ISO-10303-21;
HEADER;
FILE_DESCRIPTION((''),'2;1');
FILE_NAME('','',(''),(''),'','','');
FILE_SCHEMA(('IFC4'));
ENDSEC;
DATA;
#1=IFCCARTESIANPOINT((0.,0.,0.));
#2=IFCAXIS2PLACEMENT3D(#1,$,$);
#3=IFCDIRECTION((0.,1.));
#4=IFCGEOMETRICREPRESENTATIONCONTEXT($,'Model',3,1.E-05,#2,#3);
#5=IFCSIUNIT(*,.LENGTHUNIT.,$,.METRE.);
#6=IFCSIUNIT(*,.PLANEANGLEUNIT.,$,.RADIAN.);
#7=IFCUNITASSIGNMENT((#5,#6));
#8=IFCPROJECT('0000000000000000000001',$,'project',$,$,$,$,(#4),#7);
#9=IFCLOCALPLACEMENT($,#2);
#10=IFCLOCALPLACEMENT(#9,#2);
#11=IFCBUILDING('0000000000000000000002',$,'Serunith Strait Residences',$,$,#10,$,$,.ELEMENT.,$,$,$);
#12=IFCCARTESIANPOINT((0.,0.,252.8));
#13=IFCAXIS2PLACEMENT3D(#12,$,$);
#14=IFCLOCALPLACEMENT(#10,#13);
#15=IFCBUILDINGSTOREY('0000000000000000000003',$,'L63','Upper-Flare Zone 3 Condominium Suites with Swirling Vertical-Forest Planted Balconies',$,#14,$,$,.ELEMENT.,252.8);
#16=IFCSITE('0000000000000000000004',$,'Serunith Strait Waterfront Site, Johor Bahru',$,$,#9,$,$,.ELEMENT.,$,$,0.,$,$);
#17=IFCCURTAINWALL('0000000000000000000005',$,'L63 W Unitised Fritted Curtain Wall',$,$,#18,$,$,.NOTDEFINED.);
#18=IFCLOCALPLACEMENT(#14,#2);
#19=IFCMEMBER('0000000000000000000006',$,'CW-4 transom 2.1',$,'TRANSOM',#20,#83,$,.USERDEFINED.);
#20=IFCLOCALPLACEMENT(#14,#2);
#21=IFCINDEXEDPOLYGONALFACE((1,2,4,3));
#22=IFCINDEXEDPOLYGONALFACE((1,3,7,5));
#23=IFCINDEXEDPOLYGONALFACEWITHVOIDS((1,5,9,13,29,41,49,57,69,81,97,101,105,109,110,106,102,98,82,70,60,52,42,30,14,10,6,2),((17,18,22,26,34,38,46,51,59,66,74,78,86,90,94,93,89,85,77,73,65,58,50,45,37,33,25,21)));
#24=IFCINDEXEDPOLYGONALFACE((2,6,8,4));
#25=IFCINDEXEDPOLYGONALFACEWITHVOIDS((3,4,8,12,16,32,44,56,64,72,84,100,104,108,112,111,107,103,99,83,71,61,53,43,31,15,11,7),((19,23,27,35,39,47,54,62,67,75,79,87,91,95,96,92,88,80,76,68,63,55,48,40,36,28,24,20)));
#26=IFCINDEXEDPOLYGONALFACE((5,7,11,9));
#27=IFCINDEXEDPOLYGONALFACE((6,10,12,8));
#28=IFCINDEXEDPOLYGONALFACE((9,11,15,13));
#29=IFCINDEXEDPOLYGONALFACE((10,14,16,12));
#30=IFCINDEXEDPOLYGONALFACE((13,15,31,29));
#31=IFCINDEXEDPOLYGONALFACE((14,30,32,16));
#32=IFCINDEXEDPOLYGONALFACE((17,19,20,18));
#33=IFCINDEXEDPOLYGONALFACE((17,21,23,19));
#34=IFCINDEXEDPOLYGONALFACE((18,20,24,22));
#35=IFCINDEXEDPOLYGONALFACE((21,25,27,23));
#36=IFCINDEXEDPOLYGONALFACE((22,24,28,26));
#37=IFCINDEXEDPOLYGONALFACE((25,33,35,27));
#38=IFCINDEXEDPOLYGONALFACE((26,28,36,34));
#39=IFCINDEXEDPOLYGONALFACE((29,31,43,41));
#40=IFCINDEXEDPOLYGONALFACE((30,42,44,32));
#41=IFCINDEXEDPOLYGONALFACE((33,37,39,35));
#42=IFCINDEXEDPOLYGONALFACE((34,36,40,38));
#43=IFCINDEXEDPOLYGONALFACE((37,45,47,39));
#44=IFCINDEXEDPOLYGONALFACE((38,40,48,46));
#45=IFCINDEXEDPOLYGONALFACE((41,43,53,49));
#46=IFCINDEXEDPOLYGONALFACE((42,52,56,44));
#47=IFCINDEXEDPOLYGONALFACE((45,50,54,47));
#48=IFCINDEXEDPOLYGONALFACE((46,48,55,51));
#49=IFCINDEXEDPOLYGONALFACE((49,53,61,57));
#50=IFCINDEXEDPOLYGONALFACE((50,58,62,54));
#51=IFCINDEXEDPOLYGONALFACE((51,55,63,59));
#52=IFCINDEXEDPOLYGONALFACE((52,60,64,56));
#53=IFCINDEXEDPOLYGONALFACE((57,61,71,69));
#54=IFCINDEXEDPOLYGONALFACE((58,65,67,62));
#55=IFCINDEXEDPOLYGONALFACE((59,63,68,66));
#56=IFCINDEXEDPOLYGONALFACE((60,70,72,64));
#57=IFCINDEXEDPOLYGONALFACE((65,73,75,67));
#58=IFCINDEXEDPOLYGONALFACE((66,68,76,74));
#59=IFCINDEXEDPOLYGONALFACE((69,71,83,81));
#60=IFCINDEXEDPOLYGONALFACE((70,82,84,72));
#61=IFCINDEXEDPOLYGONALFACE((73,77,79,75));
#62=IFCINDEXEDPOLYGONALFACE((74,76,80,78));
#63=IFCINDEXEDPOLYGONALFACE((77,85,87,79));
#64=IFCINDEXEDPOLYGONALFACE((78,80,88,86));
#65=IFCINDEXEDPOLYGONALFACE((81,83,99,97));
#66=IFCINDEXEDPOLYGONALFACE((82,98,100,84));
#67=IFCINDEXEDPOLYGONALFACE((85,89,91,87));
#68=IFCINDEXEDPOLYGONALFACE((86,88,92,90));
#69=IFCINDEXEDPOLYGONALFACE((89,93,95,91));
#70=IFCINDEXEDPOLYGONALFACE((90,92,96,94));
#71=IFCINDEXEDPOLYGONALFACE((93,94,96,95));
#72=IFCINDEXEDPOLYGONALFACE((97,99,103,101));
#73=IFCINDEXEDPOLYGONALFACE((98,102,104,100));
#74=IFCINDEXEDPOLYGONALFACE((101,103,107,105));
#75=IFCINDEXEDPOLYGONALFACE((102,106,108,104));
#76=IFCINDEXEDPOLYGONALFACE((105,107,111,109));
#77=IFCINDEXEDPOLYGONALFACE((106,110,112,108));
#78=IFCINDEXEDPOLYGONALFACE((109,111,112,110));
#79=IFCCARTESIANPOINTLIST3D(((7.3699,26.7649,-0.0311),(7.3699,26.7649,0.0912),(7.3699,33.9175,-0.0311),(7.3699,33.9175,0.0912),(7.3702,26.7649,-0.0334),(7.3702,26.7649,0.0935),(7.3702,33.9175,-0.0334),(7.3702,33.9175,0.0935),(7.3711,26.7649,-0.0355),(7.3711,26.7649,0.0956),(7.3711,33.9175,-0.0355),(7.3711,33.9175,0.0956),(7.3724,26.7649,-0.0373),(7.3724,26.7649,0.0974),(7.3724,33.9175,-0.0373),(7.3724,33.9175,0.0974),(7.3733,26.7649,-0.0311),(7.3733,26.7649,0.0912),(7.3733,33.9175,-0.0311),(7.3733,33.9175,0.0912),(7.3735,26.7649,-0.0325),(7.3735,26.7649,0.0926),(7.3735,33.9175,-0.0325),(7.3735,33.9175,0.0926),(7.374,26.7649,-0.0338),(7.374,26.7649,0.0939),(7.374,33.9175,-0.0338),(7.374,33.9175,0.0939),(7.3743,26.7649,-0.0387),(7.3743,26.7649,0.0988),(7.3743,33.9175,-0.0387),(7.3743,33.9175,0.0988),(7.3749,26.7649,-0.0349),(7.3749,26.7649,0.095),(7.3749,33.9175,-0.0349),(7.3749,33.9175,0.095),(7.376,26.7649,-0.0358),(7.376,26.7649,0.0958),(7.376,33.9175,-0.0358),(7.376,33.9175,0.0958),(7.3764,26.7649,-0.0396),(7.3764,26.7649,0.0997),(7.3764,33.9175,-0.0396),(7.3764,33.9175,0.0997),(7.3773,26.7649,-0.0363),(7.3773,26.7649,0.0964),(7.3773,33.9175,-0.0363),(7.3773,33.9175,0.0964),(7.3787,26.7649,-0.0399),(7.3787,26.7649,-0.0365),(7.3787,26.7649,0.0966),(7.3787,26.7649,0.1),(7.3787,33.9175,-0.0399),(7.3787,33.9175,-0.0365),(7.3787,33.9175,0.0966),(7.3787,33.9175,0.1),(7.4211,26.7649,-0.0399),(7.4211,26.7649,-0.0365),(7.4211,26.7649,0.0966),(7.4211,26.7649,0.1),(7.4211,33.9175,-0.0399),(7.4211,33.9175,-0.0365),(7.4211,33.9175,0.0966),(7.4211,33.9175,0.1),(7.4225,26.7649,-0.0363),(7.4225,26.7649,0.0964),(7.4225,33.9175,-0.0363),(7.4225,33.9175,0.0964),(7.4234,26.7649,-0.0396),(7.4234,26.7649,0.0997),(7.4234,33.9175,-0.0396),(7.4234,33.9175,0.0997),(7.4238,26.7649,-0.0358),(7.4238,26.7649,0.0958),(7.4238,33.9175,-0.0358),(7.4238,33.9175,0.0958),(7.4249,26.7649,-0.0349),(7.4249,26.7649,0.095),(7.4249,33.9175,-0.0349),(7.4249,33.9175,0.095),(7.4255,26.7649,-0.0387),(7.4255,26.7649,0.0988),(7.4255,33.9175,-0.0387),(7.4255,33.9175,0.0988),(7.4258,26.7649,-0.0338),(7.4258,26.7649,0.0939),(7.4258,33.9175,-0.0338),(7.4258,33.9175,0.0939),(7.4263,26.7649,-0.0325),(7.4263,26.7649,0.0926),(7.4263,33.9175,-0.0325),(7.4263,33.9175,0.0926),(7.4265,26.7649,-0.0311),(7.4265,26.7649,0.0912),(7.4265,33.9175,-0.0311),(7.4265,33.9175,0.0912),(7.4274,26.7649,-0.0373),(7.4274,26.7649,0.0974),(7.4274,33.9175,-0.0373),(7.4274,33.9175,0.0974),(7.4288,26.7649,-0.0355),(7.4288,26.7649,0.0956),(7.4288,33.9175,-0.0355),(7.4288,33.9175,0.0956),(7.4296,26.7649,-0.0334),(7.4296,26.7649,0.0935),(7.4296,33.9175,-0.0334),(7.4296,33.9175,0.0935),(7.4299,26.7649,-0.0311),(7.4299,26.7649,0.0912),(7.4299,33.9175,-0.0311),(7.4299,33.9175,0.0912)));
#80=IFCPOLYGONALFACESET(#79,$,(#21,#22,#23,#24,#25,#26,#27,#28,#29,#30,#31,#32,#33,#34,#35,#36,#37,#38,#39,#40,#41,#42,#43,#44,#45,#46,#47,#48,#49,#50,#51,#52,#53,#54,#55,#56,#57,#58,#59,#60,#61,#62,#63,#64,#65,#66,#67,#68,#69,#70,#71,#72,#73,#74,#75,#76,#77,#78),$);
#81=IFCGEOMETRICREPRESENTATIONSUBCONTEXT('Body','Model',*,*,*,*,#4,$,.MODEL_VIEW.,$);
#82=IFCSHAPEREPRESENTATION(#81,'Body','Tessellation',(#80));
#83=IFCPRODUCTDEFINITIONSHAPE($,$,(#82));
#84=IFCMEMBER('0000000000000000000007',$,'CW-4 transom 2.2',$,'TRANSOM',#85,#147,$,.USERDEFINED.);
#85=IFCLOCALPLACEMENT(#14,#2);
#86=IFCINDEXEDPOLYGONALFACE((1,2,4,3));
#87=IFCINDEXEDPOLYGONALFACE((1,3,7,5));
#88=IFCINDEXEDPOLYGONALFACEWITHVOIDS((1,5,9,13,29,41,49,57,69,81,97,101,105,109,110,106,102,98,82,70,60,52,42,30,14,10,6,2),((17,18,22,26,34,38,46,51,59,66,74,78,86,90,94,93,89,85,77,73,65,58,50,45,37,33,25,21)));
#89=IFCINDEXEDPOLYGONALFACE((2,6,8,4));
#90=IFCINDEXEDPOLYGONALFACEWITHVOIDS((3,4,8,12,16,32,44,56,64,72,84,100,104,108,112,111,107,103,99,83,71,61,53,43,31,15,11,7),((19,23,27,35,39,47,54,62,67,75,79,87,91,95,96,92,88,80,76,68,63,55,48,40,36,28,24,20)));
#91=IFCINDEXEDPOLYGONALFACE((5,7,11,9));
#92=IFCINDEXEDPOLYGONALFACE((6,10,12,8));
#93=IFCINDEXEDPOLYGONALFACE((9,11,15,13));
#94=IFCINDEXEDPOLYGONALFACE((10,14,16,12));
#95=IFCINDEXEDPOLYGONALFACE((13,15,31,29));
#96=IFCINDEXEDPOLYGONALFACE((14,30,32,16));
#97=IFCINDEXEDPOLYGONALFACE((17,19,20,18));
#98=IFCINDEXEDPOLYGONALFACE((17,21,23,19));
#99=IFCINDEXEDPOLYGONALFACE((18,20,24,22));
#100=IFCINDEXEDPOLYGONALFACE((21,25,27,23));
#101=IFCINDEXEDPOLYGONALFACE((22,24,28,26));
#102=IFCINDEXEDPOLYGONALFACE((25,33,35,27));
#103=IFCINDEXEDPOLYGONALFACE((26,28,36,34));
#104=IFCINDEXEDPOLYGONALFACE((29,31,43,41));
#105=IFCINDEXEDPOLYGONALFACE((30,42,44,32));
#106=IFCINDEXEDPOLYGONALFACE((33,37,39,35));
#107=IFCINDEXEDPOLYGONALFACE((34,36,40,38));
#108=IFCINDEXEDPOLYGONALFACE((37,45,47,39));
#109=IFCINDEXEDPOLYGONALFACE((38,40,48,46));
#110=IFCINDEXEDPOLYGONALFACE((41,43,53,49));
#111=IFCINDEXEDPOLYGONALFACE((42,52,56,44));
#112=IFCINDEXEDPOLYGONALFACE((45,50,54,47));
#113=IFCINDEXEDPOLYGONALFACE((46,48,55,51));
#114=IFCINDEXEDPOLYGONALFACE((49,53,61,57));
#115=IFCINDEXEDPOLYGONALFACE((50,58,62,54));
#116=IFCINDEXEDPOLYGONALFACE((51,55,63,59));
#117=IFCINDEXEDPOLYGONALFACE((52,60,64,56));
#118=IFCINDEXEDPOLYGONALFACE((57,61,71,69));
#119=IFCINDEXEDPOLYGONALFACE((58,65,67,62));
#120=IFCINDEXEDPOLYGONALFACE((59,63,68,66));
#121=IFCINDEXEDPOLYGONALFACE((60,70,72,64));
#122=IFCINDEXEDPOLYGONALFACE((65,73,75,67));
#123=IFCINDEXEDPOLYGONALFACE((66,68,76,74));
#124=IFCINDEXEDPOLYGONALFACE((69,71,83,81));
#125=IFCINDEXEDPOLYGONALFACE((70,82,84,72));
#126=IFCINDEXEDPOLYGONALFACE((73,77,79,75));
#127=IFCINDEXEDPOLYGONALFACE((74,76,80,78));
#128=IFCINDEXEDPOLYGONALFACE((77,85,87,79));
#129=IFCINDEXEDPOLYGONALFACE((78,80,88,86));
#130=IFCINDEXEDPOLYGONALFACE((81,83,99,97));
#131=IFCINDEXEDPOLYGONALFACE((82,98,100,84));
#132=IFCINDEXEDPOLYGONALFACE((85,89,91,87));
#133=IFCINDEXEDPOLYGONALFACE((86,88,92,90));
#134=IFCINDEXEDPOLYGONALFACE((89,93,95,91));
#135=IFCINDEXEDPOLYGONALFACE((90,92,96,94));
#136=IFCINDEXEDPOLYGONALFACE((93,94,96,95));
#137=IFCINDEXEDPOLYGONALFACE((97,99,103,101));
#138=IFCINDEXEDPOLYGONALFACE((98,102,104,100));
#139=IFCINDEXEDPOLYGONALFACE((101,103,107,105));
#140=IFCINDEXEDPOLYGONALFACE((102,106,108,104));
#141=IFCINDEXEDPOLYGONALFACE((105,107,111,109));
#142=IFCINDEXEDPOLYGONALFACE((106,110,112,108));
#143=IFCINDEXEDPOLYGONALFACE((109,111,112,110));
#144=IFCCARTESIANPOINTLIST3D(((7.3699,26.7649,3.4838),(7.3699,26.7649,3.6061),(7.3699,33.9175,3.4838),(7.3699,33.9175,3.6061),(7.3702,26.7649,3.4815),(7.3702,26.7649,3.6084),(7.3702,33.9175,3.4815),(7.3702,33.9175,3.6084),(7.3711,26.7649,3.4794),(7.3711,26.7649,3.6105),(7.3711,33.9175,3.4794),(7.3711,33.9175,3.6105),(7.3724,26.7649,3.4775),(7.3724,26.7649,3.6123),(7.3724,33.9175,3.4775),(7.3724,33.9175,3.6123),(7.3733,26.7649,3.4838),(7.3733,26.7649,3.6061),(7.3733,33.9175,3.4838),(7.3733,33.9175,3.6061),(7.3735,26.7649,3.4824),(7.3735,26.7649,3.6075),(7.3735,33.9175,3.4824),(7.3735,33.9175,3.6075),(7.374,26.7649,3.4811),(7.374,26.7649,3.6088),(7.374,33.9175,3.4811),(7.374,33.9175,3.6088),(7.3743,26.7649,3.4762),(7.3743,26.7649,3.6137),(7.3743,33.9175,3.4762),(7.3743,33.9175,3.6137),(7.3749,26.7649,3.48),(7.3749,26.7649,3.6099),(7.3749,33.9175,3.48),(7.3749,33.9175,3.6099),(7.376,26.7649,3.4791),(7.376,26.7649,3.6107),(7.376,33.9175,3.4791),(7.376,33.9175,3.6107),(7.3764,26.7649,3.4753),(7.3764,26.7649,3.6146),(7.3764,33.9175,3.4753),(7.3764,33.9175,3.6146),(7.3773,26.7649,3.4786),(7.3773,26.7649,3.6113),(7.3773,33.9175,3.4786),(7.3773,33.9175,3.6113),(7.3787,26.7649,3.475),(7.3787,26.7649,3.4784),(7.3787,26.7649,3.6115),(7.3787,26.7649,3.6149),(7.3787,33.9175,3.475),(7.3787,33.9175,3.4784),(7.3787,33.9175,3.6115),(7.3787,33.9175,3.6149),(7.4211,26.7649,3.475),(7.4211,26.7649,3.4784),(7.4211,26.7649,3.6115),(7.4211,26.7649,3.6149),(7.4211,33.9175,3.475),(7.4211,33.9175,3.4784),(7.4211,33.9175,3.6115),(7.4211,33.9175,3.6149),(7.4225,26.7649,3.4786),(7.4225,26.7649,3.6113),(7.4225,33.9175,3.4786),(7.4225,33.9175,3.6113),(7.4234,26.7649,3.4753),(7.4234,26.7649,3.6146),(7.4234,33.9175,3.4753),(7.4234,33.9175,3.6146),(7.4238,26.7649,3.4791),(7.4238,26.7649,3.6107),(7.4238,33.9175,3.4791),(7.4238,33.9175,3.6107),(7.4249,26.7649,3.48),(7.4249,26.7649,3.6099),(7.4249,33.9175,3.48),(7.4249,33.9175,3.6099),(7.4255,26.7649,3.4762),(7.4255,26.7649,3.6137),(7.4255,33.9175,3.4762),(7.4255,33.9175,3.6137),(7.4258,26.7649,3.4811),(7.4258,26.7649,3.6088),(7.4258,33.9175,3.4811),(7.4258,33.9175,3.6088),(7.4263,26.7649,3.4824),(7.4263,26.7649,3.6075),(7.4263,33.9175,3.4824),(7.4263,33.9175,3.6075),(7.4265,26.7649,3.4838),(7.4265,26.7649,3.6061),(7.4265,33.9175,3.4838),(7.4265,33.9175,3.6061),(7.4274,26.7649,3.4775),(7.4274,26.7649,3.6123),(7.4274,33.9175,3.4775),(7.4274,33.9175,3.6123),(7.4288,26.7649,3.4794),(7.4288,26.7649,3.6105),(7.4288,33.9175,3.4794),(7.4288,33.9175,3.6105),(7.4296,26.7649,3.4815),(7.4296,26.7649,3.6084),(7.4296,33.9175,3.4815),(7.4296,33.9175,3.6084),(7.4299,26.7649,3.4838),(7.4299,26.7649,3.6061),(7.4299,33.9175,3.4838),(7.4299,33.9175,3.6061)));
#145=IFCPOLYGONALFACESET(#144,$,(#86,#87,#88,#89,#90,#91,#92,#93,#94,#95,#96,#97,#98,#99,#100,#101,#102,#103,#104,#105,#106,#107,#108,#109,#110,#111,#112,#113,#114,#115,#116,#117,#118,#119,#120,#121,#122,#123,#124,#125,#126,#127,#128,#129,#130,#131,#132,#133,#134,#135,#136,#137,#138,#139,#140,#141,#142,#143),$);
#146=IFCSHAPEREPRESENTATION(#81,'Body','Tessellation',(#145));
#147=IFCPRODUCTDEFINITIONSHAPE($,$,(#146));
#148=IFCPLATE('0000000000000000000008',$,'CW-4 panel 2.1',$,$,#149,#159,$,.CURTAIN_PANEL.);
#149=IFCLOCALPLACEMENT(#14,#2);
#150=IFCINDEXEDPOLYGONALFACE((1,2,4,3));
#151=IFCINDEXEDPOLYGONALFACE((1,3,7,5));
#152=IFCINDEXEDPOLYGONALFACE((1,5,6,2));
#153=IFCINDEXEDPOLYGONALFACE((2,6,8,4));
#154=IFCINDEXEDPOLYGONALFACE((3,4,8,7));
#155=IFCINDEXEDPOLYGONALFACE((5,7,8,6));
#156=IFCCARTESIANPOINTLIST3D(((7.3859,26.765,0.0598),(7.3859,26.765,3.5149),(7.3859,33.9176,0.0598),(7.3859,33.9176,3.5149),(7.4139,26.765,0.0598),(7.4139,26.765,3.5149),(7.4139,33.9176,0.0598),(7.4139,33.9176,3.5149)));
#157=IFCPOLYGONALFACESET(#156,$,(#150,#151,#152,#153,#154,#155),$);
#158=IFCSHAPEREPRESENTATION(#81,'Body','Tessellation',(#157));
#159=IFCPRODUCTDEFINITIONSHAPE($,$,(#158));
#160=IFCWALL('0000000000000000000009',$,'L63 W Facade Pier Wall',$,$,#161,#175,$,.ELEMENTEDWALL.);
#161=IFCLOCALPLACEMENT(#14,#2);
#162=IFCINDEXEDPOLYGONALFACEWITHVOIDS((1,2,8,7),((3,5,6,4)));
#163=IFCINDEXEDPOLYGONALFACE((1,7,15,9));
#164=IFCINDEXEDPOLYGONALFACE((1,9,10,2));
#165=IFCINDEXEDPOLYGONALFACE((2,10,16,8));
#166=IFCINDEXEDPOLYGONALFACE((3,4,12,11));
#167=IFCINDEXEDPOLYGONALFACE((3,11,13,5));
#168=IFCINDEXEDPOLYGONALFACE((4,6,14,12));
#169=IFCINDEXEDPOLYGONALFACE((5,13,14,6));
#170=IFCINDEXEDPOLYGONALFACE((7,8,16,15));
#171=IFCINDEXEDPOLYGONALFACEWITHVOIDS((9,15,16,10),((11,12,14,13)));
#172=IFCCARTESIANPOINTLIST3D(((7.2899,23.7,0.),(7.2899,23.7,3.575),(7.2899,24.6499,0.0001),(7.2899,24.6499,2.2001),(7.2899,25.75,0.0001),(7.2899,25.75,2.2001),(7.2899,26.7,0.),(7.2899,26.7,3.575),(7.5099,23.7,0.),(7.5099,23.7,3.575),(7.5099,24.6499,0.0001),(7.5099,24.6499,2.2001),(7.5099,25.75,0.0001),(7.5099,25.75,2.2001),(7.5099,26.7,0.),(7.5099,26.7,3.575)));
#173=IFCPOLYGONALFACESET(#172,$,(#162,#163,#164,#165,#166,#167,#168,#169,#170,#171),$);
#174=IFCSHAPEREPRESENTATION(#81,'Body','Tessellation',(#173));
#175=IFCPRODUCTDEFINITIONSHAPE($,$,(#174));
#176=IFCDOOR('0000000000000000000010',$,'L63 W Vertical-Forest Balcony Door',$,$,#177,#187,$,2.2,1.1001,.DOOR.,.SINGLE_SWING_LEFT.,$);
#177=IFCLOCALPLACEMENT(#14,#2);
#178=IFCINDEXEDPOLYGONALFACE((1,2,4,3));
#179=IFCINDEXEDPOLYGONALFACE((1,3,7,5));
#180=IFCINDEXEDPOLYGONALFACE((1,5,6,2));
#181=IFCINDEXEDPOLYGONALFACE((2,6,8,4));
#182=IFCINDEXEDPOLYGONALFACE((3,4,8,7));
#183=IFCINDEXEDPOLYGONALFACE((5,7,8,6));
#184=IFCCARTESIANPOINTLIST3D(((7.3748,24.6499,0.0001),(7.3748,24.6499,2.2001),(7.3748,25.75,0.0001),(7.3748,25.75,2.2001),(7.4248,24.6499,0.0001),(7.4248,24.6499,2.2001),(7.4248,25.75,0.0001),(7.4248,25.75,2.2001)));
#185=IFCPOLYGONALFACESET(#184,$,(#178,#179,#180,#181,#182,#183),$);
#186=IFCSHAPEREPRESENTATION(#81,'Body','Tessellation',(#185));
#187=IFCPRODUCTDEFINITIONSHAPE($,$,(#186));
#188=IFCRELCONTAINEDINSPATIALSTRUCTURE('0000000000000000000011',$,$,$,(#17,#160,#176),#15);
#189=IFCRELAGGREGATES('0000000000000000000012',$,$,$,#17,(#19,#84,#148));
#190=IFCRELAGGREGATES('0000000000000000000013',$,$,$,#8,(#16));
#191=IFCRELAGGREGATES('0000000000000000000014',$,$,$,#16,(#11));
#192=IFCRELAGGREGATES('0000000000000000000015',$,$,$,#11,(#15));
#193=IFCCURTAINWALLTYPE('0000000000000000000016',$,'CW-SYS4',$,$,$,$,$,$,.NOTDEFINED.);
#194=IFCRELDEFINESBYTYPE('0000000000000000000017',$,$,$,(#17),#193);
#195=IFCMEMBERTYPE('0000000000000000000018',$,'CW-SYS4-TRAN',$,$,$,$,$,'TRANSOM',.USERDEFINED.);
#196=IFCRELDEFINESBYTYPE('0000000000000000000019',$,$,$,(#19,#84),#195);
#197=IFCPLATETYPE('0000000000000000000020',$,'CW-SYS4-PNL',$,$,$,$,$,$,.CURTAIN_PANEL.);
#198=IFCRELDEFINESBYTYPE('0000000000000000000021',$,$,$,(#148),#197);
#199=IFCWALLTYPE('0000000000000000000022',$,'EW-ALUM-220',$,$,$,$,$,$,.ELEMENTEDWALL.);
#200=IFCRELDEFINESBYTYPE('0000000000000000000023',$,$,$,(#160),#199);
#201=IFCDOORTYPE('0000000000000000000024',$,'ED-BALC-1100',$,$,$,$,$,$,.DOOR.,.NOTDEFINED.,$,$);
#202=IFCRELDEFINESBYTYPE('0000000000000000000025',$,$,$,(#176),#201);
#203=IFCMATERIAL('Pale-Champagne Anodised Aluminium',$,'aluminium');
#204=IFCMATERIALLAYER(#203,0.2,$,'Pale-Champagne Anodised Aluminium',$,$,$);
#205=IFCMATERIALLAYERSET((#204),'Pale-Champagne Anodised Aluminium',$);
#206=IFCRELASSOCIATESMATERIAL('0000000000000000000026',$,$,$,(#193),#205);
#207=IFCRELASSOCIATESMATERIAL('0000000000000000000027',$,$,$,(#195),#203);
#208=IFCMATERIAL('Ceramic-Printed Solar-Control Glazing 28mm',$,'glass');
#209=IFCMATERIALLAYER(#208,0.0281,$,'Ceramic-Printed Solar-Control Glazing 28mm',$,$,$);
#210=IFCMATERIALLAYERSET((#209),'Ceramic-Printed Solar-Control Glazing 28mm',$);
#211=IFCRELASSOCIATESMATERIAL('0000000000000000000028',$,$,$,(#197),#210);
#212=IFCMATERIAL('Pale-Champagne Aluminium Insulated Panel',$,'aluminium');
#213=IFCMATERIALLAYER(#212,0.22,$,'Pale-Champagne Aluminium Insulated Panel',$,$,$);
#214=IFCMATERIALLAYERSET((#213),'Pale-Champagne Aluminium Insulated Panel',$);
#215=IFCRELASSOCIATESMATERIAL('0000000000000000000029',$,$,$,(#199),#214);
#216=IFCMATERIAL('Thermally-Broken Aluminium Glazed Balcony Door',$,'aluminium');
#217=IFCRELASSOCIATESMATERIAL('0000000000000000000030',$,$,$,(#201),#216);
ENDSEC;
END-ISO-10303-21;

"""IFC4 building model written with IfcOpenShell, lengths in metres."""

from ifc_helpers import new_model, si_unit, direction, frame, frame_2d, origin, origin_2d, place, context, subcontext, project, spatial, rectangle, hollow_rectangle, extrude, source, transform, mapped, material, layer, layer_set, material_profile, profile_set, type_object, element, fill, aggregate, save


model = new_model("IFC4")

# Units and contexts
model_context = context("Model", 3, precision=1e-05, world=origin(), true_north=direction((0.0, 1.0)))
body_context = subcontext(model_context, "Body", "Model", "MODEL_VIEW")
ifc_project = project(units=[si_unit("LENGTHUNIT", "METRE"), si_unit("PLANEANGLEUNIT", "RADIAN")], contexts=[model_context])

# Site, building, storey
site_placement = place(None, origin())
site = spatial("IfcSite", under=ifc_project, at=site_placement, Name="Serunith Strait Waterfront Site, Johor Bahru", CompositionType="ELEMENT", RefElevation=0.0)
building_placement = place(site_placement, origin())
building = spatial("IfcBuilding", under=site, at=building_placement, Name="Serunith Strait Residences", CompositionType="ELEMENT")
storey_placement = place(building_placement, frame((0.0, 0.0, 252.8)))
storey = spatial("IfcBuildingStorey", under=building, at=storey_placement, Name="L63", Description="Upper-Flare Zone 3 Condominium Suites with Swirling Vertical-Forest Planted Balconies", CompositionType="ELEMENT", Elevation=252.8)

# Curtain wall
ifc_material_1 = material(Name="Pale-Champagne Anodised Aluminium", Category="aluminium")
ifc_layer_1 = layer(ifc_material_1, 0.2, Name="Pale-Champagne Anodised Aluminium")
ifc_layer_set_1 = layer_set([ifc_layer_1], Name="Pale-Champagne Anodised Aluminium")
curtain_wall_type = type_object("IfcCurtainWallType", Name="CW-SYS4", PredefinedType="NOTDEFINED", material=ifc_layer_set_1)
curtain_wall_1_placement = place(storey_placement, origin())
curtain_wall_1 = element("IfcCurtainWall", 1, at=curtain_wall_1_placement, inside=storey, type_object=curtain_wall_type, Name="L63 W Unitised Fritted Curtain Wall", PredefinedType="NOTDEFINED")

# Members
ifc_material_profile_1 = material_profile(ifc_material_1, hollow_rectangle(XDim=0.0601, YDim=0.1399, WallThickness=0.0034, InnerFilletRadius=0.0054, OuterFilletRadius=0.0088, at=origin_2d()), Name="ALU 140x60x3.5")
ifc_profile_set_1 = profile_set([ifc_material_profile_1], Name="Pale-Champagne Anodised Aluminium")
member_type_1 = type_object("IfcMemberType", Name="CW-SYS4-TRAN", ElementType="TRANSOM", PredefinedType="USERDEFINED", material=ifc_profile_set_1)
shared_shape_1 = source(origin(), body_context, "Body", "SweptSolid", [
    extrude(hollow_rectangle(XDim=0.0601, YDim=0.1399, WallThickness=0.0034, InnerFilletRadius=0.0054, OuterFilletRadius=0.0088, at=origin_2d()), origin(), (0.0, 0.0, 1.0), 7.1526),
])
member_1_placement = place(storey_placement, frame((7.3999, 33.9175, 0.03), z_axis=(0.0, -1.0, 0.0), x_axis=(1.0, 0.0, 0.0)))
member_1 = element("IfcMember", 2, at=member_1_placement, type_object=member_type_1, Name="CW-4 transom 2.1", ObjectType="TRANSOM", PredefinedType="USERDEFINED", context=body_context, shape_type="MappedRepresentation", body=[
    mapped(shared_shape_1, transform((0.0, 0.0, 0.0), scale=1.0)),
])
member_2_placement = place(storey_placement, frame((7.3999, 33.9175, 3.5449), z_axis=(0.0, -1.0, 0.0), x_axis=(1.0, 0.0, 0.0)))
member_2 = element("IfcMember", 3, at=member_2_placement, type_object=member_type_1, Name="CW-4 transom 2.2", ObjectType="TRANSOM", PredefinedType="USERDEFINED", context=body_context, shape_type="MappedRepresentation", body=[
    mapped(shared_shape_1, transform((0.0, 0.0, 0.0), scale=1.0)),
])

# Plate
ifc_material_2 = material(Name="Ceramic-Printed Solar-Control Glazing 28mm", Category="glass")
ifc_layer_2 = layer(ifc_material_2, 0.0281, Name="Ceramic-Printed Solar-Control Glazing 28mm")
ifc_layer_set_2 = layer_set([ifc_layer_2], Name="Ceramic-Printed Solar-Control Glazing 28mm")
plate_type = type_object("IfcPlateType", Name="CW-SYS4-PNL", PredefinedType="CURTAIN_PANEL", material=ifc_layer_set_2)
shared_shape_2 = source(origin(), body_context, "Body", "SweptSolid", [
    extrude(rectangle(XDim=7.1526, YDim=0.0281, at=origin_2d()), origin(), (0.0, 0.0, 1.0), 3.4551),
])
plate_placement = place(storey_placement, frame((7.3999, 30.3413, 0.0598), z_axis=(0.0, 0.0, 1.0), x_axis=(0.0, -1.0, 0.0)))
plate = element("IfcPlate", 4, at=plate_placement, type_object=plate_type, Name="CW-4 panel 2.1", PredefinedType="CURTAIN_PANEL", context=body_context, shape_type="MappedRepresentation", body=[
    mapped(shared_shape_2, transform((0.0, 0.0, 0.0), scale=1.0)),
])
aggregate(curtain_wall_1, [member_1, member_2, plate])

# Wall, opening, door
ifc_material_3 = material(Name="Pale-Champagne Aluminium Insulated Panel", Category="aluminium")
ifc_layer_3 = layer(ifc_material_3, 0.22, Name="Pale-Champagne Aluminium Insulated Panel")
ifc_layer_set_3 = layer_set([ifc_layer_3], Name="Pale-Champagne Aluminium Insulated Panel")
wall_type_1 = type_object("IfcWallType", Name="EW-ALUM-220", PredefinedType="ELEMENTEDWALL", material=ifc_layer_set_3)
wall_1_placement = place(storey_placement, frame((7.3999, 26.7, 0.0), z_axis=(0.0, 0.0, 1.0), x_axis=(0.0, -1.0, 0.0)))
wall_1 = element("IfcWall", 5, at=wall_1_placement, inside=storey, type_object=wall_type_1, Name="L63 W Facade Pier Wall", PredefinedType="ELEMENTEDWALL", context=body_context, shape_type="SweptSolid", body=[
    extrude(rectangle(XDim=3.0, YDim=0.22, at=frame_2d((1.5, 0.0))), origin(), (0.0, 0.0, 1.0), 3.575),
])
opening_1_placement = place(wall_1_placement, frame((0.95, 0.0, 0.0)))
opening_1 = element("IfcOpeningElement", 6, at=opening_1_placement, cuts=wall_1, PredefinedType="OPENING", context=body_context, shape_type="SweptSolid", body=[
    extrude(rectangle(XDim=1.1001, YDim=2.2, at=frame_2d((0.55, 1.1001))), frame((0.0, 0.1201, 0.0), z_axis=(0.0, -1.0, 0.0), x_axis=(1.0, 0.0, 0.0)), (0.0, 0.0, 1.0), 0.24),
])
ifc_material_4 = material(Name="Thermally-Broken Aluminium Glazed Balcony Door", Category="aluminium")
door_type_1 = type_object("IfcDoorType", Name="ED-BALC-1100", OperationType="NOTDEFINED", PredefinedType="DOOR", material=ifc_material_4)
shared_shape_3 = source(origin(), body_context, "Body", "SweptSolid", [
    extrude(rectangle(XDim=1.1001, YDim=2.2, at=frame_2d((0.55, 1.1001))), frame((0.0, 0.0249, 0.0), z_axis=(0.0, -1.0, 0.0), x_axis=(1.0, 0.0, 0.0)), (0.0, 0.0, 1.0), 0.05),
])
door_1_placement = place(opening_1_placement, origin())
door_1 = element("IfcDoor", 7, at=door_1_placement, inside=storey, type_object=door_type_1, Name="L63 W Vertical-Forest Balcony Door", OperationType="SINGLE_SWING_LEFT", OverallHeight=2.2, OverallWidth=1.1001, PredefinedType="DOOR", context=body_context, shape_type="MappedRepresentation", body=[
    mapped(shared_shape_3, transform((0.0, 0.0, 0.0), scale=1.0)),
])
fill(opening_1, door_1)

save(model, "model.ifc")
